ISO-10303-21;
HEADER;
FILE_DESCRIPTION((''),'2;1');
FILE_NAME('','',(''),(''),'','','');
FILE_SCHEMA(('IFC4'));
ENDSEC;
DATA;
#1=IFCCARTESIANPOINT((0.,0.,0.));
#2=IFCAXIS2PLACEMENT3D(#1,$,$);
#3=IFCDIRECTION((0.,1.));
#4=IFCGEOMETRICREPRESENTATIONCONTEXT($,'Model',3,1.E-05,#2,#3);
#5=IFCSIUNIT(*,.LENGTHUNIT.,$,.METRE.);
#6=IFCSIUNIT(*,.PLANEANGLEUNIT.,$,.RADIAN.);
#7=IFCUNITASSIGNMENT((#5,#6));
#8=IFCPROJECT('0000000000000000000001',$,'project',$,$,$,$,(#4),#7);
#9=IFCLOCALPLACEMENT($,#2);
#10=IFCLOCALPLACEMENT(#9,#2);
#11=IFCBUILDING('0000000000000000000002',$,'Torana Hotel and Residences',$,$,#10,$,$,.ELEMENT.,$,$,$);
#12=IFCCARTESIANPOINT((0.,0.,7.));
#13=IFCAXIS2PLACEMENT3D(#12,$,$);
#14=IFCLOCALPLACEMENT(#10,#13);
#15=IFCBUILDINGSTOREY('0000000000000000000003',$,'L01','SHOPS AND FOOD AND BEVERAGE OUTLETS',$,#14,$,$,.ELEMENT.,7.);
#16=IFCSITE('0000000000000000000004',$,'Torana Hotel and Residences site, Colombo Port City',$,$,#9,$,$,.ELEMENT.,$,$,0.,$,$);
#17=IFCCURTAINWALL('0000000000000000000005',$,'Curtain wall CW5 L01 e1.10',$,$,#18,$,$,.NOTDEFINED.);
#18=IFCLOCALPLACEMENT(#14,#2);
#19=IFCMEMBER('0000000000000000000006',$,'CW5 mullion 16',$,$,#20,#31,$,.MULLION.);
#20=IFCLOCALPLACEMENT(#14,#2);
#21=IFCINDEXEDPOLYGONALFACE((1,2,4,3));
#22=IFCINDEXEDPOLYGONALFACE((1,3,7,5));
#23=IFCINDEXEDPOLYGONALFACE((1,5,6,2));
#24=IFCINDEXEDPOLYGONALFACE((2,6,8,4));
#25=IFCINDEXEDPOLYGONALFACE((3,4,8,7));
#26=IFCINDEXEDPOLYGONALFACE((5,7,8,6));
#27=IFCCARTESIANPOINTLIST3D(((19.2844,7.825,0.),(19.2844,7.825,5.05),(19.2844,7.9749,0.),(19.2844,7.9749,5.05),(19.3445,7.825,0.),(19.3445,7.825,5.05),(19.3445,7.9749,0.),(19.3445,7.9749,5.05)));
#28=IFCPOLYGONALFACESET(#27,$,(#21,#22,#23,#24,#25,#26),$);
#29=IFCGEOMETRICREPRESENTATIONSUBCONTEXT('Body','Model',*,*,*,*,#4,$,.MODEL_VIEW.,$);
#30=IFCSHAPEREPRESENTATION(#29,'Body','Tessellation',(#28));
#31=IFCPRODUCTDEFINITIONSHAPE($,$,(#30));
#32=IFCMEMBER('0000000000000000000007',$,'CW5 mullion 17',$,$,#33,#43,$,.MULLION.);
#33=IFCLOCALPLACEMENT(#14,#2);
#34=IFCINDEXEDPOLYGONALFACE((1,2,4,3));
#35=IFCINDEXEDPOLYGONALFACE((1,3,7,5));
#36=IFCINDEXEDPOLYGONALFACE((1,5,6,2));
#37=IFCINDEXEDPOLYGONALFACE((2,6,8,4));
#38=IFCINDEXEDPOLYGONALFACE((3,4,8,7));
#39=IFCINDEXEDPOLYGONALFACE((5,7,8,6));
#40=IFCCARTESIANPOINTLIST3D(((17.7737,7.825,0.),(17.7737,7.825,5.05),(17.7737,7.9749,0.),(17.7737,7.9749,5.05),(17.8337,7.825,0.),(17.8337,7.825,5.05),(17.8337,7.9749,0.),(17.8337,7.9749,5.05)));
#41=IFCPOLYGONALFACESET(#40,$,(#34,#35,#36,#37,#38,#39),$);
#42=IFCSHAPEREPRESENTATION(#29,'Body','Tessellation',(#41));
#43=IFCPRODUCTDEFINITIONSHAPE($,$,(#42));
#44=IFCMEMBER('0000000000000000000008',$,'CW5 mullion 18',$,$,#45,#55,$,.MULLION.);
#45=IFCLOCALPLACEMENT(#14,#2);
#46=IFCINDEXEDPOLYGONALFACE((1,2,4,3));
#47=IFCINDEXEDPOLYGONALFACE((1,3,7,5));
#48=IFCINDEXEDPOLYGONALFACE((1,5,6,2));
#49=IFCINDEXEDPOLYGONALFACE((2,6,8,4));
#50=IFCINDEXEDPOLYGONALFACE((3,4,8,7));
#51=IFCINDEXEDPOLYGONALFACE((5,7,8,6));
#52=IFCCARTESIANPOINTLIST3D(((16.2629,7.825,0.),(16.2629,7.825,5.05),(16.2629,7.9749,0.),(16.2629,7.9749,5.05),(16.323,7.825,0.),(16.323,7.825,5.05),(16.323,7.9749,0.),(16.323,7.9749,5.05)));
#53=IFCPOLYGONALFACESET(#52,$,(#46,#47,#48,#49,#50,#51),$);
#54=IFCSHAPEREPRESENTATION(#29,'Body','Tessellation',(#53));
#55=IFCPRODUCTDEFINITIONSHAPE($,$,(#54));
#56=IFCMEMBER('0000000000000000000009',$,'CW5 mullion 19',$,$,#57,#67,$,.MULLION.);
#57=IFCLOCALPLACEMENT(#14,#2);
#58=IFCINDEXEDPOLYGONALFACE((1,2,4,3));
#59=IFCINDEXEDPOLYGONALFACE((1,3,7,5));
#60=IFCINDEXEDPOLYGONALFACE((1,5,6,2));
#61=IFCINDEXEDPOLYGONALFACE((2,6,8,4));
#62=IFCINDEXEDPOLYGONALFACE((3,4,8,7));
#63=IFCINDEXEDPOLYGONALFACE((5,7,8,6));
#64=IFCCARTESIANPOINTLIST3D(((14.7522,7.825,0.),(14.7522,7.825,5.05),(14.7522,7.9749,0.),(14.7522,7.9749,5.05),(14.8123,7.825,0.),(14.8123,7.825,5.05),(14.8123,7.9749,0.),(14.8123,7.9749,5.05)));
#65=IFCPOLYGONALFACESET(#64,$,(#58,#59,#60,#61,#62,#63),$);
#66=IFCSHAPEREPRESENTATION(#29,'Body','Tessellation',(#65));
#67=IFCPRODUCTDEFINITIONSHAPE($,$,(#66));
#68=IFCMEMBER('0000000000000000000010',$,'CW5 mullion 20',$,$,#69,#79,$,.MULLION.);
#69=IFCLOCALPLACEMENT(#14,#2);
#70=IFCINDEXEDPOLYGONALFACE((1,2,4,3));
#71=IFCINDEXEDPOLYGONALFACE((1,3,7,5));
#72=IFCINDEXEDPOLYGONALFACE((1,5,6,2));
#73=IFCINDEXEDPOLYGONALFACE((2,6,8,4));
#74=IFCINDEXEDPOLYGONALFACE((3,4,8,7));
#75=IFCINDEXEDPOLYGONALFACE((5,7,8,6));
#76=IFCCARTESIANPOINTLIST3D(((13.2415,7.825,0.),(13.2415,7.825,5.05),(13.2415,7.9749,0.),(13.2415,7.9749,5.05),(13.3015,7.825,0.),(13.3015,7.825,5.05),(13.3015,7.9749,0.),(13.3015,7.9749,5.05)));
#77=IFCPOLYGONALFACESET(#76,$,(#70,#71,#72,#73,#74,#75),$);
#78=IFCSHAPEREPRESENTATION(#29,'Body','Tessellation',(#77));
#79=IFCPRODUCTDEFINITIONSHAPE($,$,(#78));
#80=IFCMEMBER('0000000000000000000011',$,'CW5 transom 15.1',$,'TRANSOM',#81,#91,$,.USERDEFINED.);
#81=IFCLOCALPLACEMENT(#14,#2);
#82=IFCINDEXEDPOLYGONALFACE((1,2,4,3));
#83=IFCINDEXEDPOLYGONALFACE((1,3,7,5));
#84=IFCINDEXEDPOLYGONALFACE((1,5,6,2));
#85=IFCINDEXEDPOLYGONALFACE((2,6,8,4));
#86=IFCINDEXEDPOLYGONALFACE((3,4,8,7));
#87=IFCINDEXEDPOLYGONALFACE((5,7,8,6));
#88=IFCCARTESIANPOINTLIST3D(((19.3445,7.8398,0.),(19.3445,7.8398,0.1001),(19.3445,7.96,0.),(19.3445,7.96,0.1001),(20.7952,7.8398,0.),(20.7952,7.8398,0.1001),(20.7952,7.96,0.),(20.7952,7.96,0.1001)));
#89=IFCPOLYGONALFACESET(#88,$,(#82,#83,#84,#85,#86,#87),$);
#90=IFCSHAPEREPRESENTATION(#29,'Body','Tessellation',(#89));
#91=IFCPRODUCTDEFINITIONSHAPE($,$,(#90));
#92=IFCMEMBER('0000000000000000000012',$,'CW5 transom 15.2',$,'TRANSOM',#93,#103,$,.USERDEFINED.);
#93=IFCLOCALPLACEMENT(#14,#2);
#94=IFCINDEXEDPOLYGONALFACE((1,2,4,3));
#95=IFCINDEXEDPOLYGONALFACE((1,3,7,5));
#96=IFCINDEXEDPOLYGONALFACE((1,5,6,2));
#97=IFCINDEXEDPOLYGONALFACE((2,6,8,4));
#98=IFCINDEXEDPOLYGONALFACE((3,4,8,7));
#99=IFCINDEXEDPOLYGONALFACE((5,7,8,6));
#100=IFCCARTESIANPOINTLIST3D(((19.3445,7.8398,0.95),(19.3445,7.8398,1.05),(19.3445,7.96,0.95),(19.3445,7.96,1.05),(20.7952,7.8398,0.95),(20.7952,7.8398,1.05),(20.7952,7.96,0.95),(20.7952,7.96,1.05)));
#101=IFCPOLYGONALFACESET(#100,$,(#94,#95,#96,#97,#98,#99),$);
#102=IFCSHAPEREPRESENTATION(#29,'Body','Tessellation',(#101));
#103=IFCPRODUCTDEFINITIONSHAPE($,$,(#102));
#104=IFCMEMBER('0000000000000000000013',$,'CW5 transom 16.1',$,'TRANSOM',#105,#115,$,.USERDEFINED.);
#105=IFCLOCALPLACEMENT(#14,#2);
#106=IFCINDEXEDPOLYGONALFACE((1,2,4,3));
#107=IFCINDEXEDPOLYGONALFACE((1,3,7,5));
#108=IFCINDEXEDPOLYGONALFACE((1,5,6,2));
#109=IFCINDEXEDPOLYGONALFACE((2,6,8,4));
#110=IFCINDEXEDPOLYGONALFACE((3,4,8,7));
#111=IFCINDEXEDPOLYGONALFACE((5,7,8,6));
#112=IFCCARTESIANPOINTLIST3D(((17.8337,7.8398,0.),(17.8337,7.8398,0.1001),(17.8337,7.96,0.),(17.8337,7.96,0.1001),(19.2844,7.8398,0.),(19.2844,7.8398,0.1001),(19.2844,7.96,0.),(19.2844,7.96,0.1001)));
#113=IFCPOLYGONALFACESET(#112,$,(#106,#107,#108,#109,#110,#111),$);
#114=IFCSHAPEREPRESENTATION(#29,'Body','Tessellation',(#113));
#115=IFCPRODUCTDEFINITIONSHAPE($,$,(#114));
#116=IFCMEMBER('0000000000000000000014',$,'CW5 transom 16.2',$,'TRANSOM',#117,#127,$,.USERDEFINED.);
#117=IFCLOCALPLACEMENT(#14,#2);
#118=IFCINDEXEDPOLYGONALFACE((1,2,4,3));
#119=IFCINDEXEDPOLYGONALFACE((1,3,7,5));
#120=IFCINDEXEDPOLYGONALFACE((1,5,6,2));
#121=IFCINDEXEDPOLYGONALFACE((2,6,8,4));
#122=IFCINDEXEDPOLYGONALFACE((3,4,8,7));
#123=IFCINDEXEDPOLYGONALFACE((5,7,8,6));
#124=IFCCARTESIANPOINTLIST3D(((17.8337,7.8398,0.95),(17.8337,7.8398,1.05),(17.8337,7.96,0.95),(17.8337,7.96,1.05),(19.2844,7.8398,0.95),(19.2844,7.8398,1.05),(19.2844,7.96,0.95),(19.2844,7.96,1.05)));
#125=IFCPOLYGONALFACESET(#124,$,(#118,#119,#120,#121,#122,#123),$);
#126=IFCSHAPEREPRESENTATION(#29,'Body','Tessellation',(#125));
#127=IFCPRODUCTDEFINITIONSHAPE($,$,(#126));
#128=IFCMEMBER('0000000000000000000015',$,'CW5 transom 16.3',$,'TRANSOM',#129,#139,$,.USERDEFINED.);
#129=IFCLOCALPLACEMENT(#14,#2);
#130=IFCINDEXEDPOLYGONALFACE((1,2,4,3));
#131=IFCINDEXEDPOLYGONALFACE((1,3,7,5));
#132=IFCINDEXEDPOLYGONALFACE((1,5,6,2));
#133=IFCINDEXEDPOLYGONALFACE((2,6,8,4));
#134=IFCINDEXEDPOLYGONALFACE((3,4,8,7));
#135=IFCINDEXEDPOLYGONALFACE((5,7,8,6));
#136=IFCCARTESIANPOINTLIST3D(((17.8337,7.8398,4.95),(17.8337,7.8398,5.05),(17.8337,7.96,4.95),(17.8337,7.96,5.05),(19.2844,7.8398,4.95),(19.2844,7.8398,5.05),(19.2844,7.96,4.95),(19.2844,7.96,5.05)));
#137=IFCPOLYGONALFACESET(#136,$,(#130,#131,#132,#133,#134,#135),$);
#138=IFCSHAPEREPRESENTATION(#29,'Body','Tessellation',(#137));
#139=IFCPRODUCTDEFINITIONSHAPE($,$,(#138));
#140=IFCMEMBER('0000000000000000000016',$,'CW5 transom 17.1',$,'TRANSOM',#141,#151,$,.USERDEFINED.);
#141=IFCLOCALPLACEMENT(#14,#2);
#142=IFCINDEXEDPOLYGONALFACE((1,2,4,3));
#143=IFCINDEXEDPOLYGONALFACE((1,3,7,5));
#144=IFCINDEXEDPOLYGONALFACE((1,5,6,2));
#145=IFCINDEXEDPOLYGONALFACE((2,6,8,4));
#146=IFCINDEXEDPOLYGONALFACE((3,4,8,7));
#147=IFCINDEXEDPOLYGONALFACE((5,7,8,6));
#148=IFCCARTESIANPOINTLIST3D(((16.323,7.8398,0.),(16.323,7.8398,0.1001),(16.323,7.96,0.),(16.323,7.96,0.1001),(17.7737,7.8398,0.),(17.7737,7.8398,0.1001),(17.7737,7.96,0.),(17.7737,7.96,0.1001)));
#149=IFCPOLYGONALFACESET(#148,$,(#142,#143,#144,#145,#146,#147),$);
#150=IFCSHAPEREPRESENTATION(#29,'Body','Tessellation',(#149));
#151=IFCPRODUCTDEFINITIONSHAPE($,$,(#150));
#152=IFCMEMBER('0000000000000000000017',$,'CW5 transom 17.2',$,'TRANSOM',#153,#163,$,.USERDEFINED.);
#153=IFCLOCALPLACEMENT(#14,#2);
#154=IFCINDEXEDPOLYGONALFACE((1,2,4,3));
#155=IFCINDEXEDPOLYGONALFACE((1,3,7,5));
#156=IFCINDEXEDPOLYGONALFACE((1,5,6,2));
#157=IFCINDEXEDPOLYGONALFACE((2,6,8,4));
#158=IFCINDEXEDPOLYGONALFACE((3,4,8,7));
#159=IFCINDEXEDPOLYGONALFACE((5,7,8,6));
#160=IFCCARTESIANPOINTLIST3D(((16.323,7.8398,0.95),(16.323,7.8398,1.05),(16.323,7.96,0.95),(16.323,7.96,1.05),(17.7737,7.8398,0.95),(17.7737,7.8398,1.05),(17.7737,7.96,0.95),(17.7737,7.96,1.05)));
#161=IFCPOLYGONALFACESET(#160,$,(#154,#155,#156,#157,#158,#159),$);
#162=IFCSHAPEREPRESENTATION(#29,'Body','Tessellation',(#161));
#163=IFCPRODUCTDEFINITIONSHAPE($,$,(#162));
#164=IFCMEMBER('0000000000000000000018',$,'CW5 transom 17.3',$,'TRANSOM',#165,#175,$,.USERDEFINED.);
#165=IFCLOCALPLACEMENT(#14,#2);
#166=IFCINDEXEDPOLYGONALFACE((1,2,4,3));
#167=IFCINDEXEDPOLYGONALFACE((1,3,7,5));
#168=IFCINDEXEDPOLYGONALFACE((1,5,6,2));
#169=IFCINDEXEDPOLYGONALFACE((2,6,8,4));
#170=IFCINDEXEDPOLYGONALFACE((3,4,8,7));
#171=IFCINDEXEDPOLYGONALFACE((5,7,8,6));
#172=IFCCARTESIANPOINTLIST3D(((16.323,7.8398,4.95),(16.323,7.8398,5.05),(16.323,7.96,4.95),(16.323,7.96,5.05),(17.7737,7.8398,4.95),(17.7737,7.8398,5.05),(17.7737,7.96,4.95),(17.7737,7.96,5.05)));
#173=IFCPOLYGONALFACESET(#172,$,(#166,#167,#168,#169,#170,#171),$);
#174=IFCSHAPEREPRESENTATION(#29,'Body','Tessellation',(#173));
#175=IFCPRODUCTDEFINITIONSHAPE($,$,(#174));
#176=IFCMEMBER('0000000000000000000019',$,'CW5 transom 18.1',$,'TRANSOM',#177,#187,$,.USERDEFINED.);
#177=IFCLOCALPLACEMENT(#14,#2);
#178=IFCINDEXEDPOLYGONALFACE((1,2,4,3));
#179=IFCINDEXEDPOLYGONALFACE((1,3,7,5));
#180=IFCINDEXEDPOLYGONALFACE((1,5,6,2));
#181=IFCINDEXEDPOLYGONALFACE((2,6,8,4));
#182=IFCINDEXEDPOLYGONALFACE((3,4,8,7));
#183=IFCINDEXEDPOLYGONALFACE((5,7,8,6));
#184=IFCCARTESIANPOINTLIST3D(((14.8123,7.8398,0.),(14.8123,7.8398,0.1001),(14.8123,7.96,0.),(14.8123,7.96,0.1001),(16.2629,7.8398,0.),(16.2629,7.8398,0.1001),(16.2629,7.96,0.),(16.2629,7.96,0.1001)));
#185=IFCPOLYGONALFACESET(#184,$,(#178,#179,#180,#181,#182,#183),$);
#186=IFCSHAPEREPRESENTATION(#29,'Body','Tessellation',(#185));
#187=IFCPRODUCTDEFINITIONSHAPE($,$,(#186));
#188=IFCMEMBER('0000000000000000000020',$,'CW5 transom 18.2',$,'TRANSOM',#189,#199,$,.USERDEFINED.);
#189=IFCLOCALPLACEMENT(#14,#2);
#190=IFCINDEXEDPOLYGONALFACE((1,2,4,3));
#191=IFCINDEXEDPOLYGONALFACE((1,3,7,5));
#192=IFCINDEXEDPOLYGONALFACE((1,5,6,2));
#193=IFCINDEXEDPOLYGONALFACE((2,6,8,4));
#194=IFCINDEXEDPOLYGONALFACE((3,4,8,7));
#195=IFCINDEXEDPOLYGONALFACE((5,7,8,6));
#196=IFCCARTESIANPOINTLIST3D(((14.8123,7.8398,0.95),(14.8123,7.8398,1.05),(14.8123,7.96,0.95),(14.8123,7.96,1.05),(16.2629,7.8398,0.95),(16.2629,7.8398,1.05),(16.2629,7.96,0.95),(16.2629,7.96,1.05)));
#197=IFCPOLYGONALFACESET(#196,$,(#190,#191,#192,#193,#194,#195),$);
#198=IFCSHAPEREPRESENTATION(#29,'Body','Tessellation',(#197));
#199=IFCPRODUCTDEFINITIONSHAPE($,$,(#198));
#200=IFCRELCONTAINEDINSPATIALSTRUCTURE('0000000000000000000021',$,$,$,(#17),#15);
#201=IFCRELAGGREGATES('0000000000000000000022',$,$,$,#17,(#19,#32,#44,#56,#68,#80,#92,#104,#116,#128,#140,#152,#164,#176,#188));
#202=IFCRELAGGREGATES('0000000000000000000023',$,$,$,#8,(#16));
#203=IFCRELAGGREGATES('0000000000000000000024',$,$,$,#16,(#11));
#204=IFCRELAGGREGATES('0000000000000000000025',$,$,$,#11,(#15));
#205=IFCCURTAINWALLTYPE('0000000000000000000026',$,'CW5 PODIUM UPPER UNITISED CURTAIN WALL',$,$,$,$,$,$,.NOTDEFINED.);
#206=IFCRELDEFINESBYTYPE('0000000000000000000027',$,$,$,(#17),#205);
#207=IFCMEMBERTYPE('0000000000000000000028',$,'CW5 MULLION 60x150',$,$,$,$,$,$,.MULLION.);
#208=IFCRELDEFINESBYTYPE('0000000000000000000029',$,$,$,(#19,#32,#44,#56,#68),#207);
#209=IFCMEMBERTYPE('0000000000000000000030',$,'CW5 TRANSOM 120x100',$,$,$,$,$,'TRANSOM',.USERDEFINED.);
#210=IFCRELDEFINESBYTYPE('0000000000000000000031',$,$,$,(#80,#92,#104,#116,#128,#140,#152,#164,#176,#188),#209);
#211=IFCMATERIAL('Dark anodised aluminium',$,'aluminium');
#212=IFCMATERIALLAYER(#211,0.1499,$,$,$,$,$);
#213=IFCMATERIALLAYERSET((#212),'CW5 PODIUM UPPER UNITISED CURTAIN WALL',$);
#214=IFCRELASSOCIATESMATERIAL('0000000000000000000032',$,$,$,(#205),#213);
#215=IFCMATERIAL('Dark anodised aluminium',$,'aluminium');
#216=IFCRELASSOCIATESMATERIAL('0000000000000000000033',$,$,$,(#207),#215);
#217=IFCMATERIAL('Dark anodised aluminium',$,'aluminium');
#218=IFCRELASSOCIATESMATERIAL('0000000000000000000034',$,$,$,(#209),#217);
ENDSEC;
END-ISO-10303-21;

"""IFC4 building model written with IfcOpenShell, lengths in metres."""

from ifc_helpers import new_model, si_unit, direction, frame, origin, origin_2d, place, context, subcontext, project, spatial, rectangle, extrude, material, layer, layer_set, material_profile, profile_set, type_object, element, aggregate, save


model = new_model("IFC4")

# Units and contexts
model_context = context("Model", 3, precision=1e-05, world=origin(), true_north=direction((0.0, 1.0)))
body_context = subcontext(model_context, "Body", "Model", "MODEL_VIEW")
ifc_project = project(units=[si_unit("LENGTHUNIT", "METRE"), si_unit("PLANEANGLEUNIT", "RADIAN")], contexts=[model_context])

# Site, building, storey
site_placement = place(None, origin())
site = spatial("IfcSite", under=ifc_project, at=site_placement, Name="Torana Hotel and Residences site, Colombo Port City", CompositionType="ELEMENT", RefElevation=0.0)
building_placement = place(site_placement, origin())
building = spatial("IfcBuilding", under=site, at=building_placement, Name="Torana Hotel and Residences", CompositionType="ELEMENT")
storey_placement = place(building_placement, frame((0.0, 0.0, 7.0)))
storey = spatial("IfcBuildingStorey", under=building, at=storey_placement, Name="L01", Description="SHOPS AND FOOD AND BEVERAGE OUTLETS", CompositionType="ELEMENT", Elevation=7.0)

# Curtain wall, members
ifc_material_1 = material(Name="Dark anodised aluminium", Category="aluminium")
ifc_layer_1 = layer(ifc_material_1, 0.1499)
ifc_layer_set_1 = layer_set([ifc_layer_1], Name="CW5 PODIUM UPPER UNITISED CURTAIN WALL")
curtain_wall_type = type_object("IfcCurtainWallType", Name="CW5 PODIUM UPPER UNITISED CURTAIN WALL", PredefinedType="NOTDEFINED", material=ifc_layer_set_1)
curtain_wall_placement = place(storey_placement, origin())
curtain_wall = element("IfcCurtainWall", 1, at=curtain_wall_placement, inside=storey, type_object=curtain_wall_type, Name="Curtain wall CW5 L01 e1.10", PredefinedType="NOTDEFINED")
ifc_material_2 = material(Name="Dark anodised aluminium", Category="aluminium")
ifc_material_profile_1 = material_profile(ifc_material_2, rectangle(XDim=0.1499, YDim=0.0601, at=origin_2d()), Name="CW5 MULLION 60x150")
ifc_profile_set_1 = profile_set([ifc_material_profile_1], Name="Dark anodised aluminium")
member_type_1 = type_object("IfcMemberType", Name="CW5 MULLION 60x150", PredefinedType="MULLION", material=ifc_profile_set_1)
member_1_placement = place(storey_placement, frame((19.3145, 7.8999, 0.0), z_axis=(0.0, 0.0, 1.0), x_axis=(0.0, -1.0, 0.0)))
member_1 = element("IfcMember", 2, at=member_1_placement, type_object=member_type_1, Name="CW5 mullion 16", PredefinedType="MULLION", context=body_context, shape_type="SweptSolid", body=[
    extrude(rectangle(XDim=0.1499, YDim=0.0601, at=origin_2d()), origin(), (0.0, 0.0, 1.0), 5.05),
])
member_2_placement = place(storey_placement, frame((17.8037, 7.8999, 0.0), z_axis=(0.0, 0.0, 1.0), x_axis=(0.0, -1.0, 0.0)))
member_2 = element("IfcMember", 3, at=member_2_placement, type_object=member_type_1, Name="CW5 mullion 17", PredefinedType="MULLION", context=body_context, shape_type="SweptSolid", body=[
    extrude(rectangle(XDim=0.1499, YDim=0.0601, at=origin_2d()), origin(), (0.0, 0.0, 1.0), 5.05),
])
member_3_placement = place(storey_placement, frame((16.293, 7.8999, 0.0), z_axis=(0.0, 0.0, 1.0), x_axis=(0.0, -1.0, 0.0)))
member_3 = element("IfcMember", 4, at=member_3_placement, type_object=member_type_1, Name="CW5 mullion 18", PredefinedType="MULLION", context=body_context, shape_type="SweptSolid", body=[
    extrude(rectangle(XDim=0.1499, YDim=0.0601, at=origin_2d()), origin(), (0.0, 0.0, 1.0), 5.05),
])
member_4_placement = place(storey_placement, frame((14.7822, 7.8999, 0.0), z_axis=(0.0, 0.0, 1.0), x_axis=(0.0, -1.0, 0.0)))
member_4 = element("IfcMember", 5, at=member_4_placement, type_object=member_type_1, Name="CW5 mullion 19", PredefinedType="MULLION", context=body_context, shape_type="SweptSolid", body=[
    extrude(rectangle(XDim=0.1499, YDim=0.0601, at=origin_2d()), origin(), (0.0, 0.0, 1.0), 5.05),
])
member_5_placement = place(storey_placement, frame((13.2715, 7.8999, 0.0), z_axis=(0.0, 0.0, 1.0), x_axis=(0.0, -1.0, 0.0)))
member_5 = element("IfcMember", 6, at=member_5_placement, type_object=member_type_1, Name="CW5 mullion 20", PredefinedType="MULLION", context=body_context, shape_type="SweptSolid", body=[
    extrude(rectangle(XDim=0.1499, YDim=0.0601, at=origin_2d()), origin(), (0.0, 0.0, 1.0), 5.05),
])
ifc_material_3 = material(Name="Dark anodised aluminium", Category="aluminium")
ifc_material_profile_2 = material_profile(ifc_material_3, rectangle(XDim=0.1201, YDim=0.1001, at=origin_2d()), Name="CW5 TRANSOM 120x100")
ifc_profile_set_2 = profile_set([ifc_material_profile_2], Name="Dark anodised aluminium")
member_type_2 = type_object("IfcMemberType", Name="CW5 TRANSOM 120x100", ElementType="TRANSOM", PredefinedType="USERDEFINED", material=ifc_profile_set_2)
member_6_placement = place(storey_placement, frame((20.7952, 7.8999, 0.05), z_axis=(-1.0, 0.0, 0.0), x_axis=(0.0, -1.0, 0.0)))
member_6 = element("IfcMember", 7, at=member_6_placement, type_object=member_type_2, Name="CW5 transom 15.1", ObjectType="TRANSOM", PredefinedType="USERDEFINED", context=body_context, shape_type="SweptSolid", body=[
    extrude(rectangle(XDim=0.1201, YDim=0.1001, at=origin_2d()), origin(), (0.0, 0.0, 1.0), 1.4507),
])
member_7_placement = place(storey_placement, frame((20.7952, 7.8999, 1.0), z_axis=(-1.0, 0.0, 0.0), x_axis=(0.0, -1.0, 0.0)))
member_7 = element("IfcMember", 8, at=member_7_placement, type_object=member_type_2, Name="CW5 transom 15.2", ObjectType="TRANSOM", PredefinedType="USERDEFINED", context=body_context, shape_type="SweptSolid", body=[
    extrude(rectangle(XDim=0.1201, YDim=0.1001, at=origin_2d()), origin(), (0.0, 0.0, 1.0), 1.4507),
])
member_8_placement = place(storey_placement, frame((19.2844, 7.8999, 0.05), z_axis=(-1.0, 0.0, 0.0), x_axis=(0.0, -1.0, 0.0)))
member_8 = element("IfcMember", 9, at=member_8_placement, type_object=member_type_2, Name="CW5 transom 16.1", ObjectType="TRANSOM", PredefinedType="USERDEFINED", context=body_context, shape_type="SweptSolid", body=[
    extrude(rectangle(XDim=0.1201, YDim=0.1001, at=origin_2d()), origin(), (0.0, 0.0, 1.0), 1.4507),
])
member_9_placement = place(storey_placement, frame((19.2844, 7.8999, 1.0), z_axis=(-1.0, 0.0, 0.0), x_axis=(0.0, -1.0, 0.0)))
member_9 = element("IfcMember", 10, at=member_9_placement, type_object=member_type_2, Name="CW5 transom 16.2", ObjectType="TRANSOM", PredefinedType="USERDEFINED", context=body_context, shape_type="SweptSolid", body=[
    extrude(rectangle(XDim=0.1201, YDim=0.1001, at=origin_2d()), origin(), (0.0, 0.0, 1.0), 1.4507),
])
member_10_placement = place(storey_placement, frame((19.2844, 7.8999, 5.0), z_axis=(-1.0, 0.0, 0.0), x_axis=(0.0, -1.0, 0.0)))
member_10 = element("IfcMember", 11, at=member_10_placement, type_object=member_type_2, Name="CW5 transom 16.3", ObjectType="TRANSOM", PredefinedType="USERDEFINED", context=body_context, shape_type="SweptSolid", body=[
    extrude(rectangle(XDim=0.1201, YDim=0.1001, at=origin_2d()), origin(), (0.0, 0.0, 1.0), 1.4507),
])
member_11_placement = place(storey_placement, frame((17.7737, 7.8999, 0.05), z_axis=(-1.0, 0.0, 0.0), x_axis=(0.0, -1.0, 0.0)))
member_11 = element("IfcMember", 12, at=member_11_placement, type_object=member_type_2, Name="CW5 transom 17.1", ObjectType="TRANSOM", PredefinedType="USERDEFINED", context=body_context, shape_type="SweptSolid", body=[
    extrude(rectangle(XDim=0.1201, YDim=0.1001, at=origin_2d()), origin(), (0.0, 0.0, 1.0), 1.4507),
])
member_12_placement = place(storey_placement, frame((17.7737, 7.8999, 1.0), z_axis=(-1.0, 0.0, 0.0), x_axis=(0.0, -1.0, 0.0)))
member_12 = element("IfcMember", 13, at=member_12_placement, type_object=member_type_2, Name="CW5 transom 17.2", ObjectType="TRANSOM", PredefinedType="USERDEFINED", context=body_context, shape_type="SweptSolid", body=[
    extrude(rectangle(XDim=0.1201, YDim=0.1001, at=origin_2d()), origin(), (0.0, 0.0, 1.0), 1.4507),
])
member_13_placement = place(storey_placement, frame((17.7737, 7.8999, 5.0), z_axis=(-1.0, 0.0, 0.0), x_axis=(0.0, -1.0, 0.0)))
member_13 = element("IfcMember", 14, at=member_13_placement, type_object=member_type_2, Name="CW5 transom 17.3", ObjectType="TRANSOM", PredefinedType="USERDEFINED", context=body_context, shape_type="SweptSolid", body=[
    extrude(rectangle(XDim=0.1201, YDim=0.1001, at=origin_2d()), origin(), (0.0, 0.0, 1.0), 1.4507),
])
member_14_placement = place(storey_placement, frame((16.2629, 7.8999, 0.05), z_axis=(-1.0, 0.0, 0.0), x_axis=(0.0, -1.0, 0.0)))
member_14 = element("IfcMember", 15, at=member_14_placement, type_object=member_type_2, Name="CW5 transom 18.1", ObjectType="TRANSOM", PredefinedType="USERDEFINED", context=body_context, shape_type="SweptSolid", body=[
    extrude(rectangle(XDim=0.1201, YDim=0.1001, at=origin_2d()), origin(), (0.0, 0.0, 1.0), 1.4507),
])
member_15_placement = place(storey_placement, frame((16.2629, 7.8999, 1.0), z_axis=(-1.0, 0.0, 0.0), x_axis=(0.0, -1.0, 0.0)))
member_15 = element("IfcMember", 16, at=member_15_placement, type_object=member_type_2, Name="CW5 transom 18.2", ObjectType="TRANSOM", PredefinedType="USERDEFINED", context=body_context, shape_type="SweptSolid", body=[
    extrude(rectangle(XDim=0.1201, YDim=0.1001, at=origin_2d()), origin(), (0.0, 0.0, 1.0), 1.4507),
])
aggregate(curtain_wall, [member_1, member_2, member_3, member_4, member_5, member_6, member_7, member_8, member_9, member_10, member_11, member_12, member_13, member_14, member_15])

save(model, "model.ifc")
